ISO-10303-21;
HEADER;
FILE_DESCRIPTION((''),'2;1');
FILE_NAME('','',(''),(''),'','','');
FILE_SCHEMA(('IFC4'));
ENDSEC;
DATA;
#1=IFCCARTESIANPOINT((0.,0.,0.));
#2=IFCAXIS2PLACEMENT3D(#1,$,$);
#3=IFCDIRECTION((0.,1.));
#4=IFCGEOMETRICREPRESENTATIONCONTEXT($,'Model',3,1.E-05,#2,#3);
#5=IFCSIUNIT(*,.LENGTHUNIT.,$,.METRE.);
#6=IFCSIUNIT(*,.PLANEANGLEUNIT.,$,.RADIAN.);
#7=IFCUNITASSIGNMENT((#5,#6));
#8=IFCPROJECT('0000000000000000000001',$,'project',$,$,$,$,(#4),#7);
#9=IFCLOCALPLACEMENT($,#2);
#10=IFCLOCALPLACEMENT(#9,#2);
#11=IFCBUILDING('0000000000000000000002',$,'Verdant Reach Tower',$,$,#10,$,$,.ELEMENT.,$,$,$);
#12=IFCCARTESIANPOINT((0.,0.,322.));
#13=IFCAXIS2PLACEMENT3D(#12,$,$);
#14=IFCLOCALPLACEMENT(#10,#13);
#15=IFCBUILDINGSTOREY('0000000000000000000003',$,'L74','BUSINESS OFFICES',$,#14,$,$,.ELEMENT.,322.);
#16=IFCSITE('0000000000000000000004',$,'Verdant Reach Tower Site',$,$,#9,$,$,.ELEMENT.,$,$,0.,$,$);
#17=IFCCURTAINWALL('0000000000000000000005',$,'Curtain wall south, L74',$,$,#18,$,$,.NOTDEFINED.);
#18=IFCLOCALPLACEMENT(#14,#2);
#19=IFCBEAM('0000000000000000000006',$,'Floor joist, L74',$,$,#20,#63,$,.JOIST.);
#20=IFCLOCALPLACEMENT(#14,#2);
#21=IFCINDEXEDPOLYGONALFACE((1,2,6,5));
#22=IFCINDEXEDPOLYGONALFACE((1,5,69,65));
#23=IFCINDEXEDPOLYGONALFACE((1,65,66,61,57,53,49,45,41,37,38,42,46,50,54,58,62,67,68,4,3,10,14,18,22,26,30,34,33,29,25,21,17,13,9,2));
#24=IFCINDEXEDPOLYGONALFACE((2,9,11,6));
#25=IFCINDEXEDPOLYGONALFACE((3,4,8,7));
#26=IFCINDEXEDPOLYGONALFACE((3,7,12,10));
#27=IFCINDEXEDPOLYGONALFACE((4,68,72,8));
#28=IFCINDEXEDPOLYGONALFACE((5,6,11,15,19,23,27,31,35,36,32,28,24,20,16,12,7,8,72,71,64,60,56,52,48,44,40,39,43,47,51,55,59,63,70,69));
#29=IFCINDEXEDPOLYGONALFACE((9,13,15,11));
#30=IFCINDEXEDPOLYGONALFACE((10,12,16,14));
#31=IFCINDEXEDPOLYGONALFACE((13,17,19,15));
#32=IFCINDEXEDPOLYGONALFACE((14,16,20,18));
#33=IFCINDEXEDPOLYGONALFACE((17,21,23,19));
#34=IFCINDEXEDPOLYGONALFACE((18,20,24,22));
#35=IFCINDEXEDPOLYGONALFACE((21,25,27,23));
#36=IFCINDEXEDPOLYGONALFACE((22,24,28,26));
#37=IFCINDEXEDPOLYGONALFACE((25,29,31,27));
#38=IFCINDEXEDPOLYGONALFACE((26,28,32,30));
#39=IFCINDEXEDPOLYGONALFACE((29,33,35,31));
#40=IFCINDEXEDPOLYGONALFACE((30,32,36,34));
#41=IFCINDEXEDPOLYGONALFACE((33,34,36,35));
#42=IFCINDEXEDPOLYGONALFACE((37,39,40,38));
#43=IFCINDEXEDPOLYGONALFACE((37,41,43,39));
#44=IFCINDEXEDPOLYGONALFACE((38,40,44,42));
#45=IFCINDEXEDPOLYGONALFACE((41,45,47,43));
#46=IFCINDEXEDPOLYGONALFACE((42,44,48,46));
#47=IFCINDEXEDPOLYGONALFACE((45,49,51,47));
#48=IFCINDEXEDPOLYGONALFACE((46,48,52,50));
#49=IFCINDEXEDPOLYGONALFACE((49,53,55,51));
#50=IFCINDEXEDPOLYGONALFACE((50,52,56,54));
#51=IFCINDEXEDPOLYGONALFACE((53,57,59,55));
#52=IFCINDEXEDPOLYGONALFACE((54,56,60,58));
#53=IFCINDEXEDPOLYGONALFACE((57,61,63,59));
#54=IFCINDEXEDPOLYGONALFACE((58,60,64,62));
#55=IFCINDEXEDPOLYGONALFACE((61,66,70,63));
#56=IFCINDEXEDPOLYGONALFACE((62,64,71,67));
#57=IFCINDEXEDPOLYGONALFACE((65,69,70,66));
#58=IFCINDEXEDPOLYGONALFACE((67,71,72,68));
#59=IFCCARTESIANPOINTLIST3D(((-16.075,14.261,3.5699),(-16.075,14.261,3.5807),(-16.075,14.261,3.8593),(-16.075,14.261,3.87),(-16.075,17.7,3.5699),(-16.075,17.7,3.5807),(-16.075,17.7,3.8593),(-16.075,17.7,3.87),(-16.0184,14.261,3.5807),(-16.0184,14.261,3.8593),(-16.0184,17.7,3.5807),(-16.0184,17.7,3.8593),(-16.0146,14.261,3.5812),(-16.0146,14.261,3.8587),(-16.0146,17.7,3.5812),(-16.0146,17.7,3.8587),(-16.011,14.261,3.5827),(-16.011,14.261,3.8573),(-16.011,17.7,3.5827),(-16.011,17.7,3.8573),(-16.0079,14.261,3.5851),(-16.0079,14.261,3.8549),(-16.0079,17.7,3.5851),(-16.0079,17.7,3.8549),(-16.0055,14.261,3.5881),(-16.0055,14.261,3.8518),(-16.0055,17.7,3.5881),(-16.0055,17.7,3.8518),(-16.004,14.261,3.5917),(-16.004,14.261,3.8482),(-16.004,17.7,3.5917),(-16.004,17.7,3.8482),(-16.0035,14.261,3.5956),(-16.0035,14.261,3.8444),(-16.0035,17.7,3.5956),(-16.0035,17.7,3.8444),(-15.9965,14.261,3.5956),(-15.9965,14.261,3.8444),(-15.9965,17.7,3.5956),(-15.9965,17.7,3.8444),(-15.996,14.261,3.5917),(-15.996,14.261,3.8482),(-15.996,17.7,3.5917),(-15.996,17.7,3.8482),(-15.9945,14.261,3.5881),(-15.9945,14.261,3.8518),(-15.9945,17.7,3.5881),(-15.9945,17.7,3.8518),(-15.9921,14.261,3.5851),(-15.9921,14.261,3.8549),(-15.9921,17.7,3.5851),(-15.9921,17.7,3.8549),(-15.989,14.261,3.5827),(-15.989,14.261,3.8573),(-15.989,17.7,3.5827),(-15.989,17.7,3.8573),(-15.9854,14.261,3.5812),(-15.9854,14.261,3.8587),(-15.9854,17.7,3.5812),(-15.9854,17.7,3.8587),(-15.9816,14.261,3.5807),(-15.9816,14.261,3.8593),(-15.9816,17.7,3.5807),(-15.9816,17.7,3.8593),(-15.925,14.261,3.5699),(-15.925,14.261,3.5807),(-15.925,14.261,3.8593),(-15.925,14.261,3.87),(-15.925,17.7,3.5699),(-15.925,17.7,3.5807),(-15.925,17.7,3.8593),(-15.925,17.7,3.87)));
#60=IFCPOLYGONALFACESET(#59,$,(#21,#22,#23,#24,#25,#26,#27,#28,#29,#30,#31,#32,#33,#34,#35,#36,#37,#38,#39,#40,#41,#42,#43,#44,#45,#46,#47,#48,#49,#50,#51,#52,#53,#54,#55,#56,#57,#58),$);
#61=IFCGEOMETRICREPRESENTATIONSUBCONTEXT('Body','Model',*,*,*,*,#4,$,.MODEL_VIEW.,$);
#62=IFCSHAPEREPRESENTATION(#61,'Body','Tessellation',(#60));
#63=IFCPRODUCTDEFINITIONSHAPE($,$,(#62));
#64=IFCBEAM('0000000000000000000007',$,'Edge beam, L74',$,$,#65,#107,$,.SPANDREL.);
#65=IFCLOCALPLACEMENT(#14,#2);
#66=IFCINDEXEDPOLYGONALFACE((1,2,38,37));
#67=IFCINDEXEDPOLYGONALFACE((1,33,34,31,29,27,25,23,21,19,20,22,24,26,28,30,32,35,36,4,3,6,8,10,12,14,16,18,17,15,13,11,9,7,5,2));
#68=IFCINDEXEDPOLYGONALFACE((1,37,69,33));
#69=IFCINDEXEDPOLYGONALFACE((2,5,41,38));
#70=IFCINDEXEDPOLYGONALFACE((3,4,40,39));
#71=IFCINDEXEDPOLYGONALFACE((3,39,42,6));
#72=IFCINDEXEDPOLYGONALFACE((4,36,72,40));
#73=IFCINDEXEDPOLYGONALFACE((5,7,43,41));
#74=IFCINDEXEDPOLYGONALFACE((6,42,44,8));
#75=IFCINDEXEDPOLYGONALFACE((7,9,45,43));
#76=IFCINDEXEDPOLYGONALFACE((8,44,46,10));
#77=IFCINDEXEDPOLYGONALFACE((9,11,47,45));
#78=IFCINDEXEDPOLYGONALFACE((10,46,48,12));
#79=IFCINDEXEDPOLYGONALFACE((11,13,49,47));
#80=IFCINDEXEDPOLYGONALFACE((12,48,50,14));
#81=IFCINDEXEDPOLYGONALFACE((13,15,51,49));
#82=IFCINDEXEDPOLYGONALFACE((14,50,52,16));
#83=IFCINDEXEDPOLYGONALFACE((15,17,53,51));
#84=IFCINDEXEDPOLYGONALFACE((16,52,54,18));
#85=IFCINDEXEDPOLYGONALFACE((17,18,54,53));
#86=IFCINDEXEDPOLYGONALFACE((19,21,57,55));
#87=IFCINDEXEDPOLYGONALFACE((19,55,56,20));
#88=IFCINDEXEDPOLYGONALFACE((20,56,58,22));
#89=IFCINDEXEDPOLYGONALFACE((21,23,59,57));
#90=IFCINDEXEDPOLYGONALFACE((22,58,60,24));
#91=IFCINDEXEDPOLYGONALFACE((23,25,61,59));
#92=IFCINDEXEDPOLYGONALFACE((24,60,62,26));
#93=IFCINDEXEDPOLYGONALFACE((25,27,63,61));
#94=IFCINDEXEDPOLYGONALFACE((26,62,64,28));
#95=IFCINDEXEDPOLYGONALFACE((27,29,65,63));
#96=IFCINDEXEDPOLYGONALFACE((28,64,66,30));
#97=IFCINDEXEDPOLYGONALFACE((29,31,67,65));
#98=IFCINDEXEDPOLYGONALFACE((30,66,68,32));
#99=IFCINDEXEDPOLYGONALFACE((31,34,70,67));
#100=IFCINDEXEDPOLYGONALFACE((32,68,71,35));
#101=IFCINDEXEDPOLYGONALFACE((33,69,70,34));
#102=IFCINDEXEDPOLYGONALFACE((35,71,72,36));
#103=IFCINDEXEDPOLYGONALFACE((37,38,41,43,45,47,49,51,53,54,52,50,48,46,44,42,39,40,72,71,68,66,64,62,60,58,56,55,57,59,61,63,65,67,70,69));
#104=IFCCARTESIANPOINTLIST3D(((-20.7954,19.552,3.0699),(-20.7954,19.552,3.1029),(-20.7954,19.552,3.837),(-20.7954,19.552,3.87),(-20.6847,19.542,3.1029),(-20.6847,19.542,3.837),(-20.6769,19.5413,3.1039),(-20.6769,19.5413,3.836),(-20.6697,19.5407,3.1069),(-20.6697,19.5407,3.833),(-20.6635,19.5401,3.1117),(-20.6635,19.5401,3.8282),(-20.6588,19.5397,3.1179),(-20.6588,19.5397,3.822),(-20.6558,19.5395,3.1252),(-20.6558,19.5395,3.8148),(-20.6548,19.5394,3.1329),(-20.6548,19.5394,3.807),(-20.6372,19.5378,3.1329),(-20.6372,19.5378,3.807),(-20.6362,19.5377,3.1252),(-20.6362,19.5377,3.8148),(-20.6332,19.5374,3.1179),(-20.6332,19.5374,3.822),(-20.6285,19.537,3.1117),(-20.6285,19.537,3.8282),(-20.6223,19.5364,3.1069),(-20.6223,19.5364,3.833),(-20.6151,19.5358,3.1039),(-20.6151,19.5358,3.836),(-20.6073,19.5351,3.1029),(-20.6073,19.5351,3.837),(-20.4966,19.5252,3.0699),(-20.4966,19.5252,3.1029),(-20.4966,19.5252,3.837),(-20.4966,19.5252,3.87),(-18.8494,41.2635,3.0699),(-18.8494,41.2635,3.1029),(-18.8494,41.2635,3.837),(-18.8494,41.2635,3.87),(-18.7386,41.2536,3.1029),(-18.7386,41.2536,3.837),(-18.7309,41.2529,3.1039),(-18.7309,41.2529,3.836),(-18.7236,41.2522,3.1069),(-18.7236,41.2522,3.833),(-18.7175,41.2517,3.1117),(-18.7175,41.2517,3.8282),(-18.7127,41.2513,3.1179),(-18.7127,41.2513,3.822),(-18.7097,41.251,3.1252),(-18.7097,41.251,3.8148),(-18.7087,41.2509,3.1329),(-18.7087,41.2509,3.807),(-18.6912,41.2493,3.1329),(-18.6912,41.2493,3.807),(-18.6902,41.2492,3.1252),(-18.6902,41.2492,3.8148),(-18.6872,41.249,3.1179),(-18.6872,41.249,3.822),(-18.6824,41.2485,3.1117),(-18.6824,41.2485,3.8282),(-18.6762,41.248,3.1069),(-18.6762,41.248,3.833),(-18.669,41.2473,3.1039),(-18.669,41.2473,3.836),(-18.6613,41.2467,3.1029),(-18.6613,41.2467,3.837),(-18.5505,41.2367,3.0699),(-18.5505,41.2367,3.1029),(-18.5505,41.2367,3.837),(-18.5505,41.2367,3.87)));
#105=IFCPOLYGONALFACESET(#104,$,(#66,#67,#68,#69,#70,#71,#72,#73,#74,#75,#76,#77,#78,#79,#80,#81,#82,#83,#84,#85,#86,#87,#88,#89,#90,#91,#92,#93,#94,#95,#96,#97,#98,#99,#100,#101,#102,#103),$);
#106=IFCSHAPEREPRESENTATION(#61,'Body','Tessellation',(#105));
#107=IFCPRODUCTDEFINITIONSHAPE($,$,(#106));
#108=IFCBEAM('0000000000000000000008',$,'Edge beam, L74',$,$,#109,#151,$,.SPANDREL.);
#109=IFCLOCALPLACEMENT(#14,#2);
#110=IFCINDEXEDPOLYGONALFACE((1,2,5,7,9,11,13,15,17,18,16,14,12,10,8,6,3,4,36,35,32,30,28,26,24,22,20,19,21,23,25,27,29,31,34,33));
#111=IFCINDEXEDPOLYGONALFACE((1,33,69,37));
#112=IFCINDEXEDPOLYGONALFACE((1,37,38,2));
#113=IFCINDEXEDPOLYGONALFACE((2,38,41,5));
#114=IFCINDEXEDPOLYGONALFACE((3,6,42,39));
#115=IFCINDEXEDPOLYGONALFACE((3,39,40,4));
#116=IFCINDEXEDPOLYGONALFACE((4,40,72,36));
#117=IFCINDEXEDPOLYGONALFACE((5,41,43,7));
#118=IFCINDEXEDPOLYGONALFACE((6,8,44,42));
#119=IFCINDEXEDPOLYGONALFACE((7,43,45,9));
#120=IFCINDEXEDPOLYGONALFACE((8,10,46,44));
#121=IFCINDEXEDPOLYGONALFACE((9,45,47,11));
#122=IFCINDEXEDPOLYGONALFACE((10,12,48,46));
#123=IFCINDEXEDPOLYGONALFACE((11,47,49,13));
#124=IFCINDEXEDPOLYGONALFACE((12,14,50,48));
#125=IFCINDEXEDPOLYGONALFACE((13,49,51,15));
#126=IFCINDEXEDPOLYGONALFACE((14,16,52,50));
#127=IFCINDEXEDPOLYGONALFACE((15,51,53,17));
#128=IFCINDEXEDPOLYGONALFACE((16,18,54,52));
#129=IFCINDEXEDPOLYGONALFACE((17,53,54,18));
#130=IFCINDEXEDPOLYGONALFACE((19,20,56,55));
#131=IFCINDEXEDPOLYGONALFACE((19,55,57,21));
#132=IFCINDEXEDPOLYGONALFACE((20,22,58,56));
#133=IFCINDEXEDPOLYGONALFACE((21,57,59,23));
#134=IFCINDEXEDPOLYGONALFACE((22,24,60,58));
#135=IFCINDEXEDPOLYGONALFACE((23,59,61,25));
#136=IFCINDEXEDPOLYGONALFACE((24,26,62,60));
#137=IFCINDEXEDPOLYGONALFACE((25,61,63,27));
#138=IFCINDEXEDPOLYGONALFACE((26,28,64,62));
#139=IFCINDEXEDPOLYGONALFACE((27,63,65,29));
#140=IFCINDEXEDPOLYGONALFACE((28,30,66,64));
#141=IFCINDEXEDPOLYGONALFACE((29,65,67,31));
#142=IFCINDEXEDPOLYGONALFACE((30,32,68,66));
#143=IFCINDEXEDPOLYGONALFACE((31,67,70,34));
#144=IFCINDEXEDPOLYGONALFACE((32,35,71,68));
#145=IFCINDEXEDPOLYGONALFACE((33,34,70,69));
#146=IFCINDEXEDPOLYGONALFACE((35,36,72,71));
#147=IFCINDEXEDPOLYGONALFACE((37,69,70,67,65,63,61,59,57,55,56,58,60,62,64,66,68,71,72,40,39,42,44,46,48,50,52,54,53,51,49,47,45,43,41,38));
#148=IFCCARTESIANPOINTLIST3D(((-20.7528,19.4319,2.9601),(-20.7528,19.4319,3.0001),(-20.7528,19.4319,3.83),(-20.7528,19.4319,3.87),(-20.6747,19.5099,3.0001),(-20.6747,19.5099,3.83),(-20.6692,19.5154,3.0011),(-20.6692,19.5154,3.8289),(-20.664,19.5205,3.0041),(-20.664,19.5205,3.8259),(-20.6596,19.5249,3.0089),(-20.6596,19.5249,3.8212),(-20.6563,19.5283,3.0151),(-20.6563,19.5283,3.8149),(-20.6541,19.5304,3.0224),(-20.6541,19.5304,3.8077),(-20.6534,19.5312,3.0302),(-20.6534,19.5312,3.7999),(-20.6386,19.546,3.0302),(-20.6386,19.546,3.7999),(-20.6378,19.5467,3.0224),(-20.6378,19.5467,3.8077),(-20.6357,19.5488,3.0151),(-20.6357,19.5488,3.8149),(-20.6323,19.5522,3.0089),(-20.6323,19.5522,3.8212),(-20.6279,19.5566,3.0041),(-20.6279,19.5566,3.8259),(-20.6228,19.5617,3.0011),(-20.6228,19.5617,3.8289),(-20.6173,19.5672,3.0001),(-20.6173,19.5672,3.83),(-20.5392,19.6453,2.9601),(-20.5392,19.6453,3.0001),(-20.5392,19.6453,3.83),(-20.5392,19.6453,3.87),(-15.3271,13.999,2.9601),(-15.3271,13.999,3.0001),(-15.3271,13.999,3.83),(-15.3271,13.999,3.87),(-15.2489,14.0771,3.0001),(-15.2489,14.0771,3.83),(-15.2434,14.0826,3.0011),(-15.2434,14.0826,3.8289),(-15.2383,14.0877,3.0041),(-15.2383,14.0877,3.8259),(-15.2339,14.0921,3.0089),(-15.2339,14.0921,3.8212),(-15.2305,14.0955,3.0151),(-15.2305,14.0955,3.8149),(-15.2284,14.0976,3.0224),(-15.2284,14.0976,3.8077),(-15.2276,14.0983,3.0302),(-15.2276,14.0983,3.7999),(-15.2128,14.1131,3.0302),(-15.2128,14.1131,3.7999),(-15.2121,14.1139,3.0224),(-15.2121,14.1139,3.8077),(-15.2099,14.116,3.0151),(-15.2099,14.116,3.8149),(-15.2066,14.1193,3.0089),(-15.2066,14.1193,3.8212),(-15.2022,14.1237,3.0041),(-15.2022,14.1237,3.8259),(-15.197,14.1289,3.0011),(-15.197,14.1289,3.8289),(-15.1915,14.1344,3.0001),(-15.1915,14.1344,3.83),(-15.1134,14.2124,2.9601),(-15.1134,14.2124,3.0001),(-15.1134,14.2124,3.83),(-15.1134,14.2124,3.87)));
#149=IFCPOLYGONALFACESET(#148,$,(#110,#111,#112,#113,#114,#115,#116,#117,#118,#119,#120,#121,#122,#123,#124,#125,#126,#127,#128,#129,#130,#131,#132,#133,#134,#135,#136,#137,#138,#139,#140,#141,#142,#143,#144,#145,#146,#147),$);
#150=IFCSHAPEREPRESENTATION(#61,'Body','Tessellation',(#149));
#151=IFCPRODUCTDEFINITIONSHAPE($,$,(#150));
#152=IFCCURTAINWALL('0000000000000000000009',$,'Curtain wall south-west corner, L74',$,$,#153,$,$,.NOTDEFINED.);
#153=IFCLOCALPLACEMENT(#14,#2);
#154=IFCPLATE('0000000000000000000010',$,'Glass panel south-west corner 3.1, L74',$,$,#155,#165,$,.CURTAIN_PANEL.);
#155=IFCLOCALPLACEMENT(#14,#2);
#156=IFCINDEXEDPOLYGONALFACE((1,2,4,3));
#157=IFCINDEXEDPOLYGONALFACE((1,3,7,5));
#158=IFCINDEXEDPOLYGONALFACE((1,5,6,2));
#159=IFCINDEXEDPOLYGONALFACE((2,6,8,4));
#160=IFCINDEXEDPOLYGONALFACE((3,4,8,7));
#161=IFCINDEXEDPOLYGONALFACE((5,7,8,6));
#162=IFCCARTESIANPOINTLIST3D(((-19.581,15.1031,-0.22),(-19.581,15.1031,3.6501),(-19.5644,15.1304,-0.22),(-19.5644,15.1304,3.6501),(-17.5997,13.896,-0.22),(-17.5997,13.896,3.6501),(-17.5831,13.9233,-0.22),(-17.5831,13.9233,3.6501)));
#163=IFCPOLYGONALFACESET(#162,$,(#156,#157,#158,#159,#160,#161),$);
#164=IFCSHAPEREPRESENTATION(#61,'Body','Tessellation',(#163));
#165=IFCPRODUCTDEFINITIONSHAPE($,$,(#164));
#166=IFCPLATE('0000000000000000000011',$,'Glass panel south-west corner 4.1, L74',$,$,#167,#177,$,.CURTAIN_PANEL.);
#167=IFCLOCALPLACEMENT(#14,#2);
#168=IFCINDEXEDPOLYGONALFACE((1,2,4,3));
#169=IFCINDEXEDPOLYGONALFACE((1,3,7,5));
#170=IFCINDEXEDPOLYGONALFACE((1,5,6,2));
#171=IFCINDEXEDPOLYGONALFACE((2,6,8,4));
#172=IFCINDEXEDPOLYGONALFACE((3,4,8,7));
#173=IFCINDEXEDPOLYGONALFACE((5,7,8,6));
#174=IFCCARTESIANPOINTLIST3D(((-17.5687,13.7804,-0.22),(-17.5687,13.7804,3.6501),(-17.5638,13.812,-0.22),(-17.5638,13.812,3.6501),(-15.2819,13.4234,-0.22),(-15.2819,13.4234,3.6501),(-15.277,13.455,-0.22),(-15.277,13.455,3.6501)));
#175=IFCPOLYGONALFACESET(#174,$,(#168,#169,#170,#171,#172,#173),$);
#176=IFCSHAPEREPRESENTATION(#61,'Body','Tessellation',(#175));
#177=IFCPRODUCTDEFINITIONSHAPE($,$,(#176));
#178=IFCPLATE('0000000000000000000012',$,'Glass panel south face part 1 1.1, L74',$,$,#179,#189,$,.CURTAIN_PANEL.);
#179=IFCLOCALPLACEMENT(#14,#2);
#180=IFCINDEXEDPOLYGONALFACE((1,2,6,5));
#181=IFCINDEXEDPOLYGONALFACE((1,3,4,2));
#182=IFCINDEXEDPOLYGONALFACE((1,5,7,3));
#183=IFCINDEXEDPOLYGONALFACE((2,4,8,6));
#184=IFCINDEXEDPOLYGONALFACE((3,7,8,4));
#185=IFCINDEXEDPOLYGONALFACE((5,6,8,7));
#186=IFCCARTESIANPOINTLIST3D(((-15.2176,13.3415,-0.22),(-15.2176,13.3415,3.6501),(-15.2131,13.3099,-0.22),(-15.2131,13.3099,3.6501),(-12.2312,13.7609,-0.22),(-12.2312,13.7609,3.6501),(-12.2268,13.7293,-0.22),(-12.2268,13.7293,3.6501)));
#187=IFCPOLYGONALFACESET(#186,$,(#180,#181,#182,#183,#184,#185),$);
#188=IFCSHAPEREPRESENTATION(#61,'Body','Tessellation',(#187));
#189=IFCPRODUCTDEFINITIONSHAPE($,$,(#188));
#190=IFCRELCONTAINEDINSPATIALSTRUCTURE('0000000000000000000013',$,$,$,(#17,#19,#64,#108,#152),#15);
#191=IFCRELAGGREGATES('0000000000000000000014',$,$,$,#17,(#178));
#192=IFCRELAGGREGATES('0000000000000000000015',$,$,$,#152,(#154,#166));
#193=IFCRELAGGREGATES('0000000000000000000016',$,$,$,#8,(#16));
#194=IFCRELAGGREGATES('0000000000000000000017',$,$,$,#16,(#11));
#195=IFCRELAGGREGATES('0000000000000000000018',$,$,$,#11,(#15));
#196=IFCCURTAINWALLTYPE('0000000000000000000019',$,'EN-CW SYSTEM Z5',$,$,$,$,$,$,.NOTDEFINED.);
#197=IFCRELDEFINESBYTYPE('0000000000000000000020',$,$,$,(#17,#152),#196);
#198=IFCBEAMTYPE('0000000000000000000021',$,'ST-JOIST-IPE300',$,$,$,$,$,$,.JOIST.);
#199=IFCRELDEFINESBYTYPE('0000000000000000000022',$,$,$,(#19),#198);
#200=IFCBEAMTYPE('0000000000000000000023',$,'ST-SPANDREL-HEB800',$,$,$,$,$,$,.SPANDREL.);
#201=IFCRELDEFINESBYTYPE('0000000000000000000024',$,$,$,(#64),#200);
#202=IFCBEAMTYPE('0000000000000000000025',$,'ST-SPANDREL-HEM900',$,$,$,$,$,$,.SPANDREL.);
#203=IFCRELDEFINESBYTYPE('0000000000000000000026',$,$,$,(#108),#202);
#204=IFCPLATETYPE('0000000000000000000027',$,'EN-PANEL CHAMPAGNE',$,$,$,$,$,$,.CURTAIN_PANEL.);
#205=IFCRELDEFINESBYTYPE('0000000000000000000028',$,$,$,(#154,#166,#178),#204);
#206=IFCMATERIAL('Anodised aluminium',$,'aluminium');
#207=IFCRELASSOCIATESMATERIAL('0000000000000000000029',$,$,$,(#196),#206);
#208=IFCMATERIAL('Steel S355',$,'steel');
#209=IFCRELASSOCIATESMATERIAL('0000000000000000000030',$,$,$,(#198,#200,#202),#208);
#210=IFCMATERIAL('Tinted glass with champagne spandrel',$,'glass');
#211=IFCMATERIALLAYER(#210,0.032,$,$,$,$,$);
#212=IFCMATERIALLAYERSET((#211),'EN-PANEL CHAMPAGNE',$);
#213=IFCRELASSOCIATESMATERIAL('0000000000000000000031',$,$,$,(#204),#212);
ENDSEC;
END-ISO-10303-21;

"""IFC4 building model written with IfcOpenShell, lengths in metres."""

from ifc_helpers import new_model, si_unit, direction, frame, origin, origin_2d, place, context, subcontext, project, spatial, rectangle, i_section, extrude, material, layer, layer_set, material_profile, profile_set, type_object, element, aggregate, save


model = new_model("IFC4")

# Units and contexts
model_context = context("Model", 3, precision=1e-05, world=origin(), true_north=direction((0.0, 1.0)))
body_context = subcontext(model_context, "Body", "Model", "MODEL_VIEW")
ifc_project = project(units=[si_unit("LENGTHUNIT", "METRE"), si_unit("PLANEANGLEUNIT", "RADIAN")], contexts=[model_context])

# Site, building, storey
site_placement = place(None, origin())
site = spatial("IfcSite", under=ifc_project, at=site_placement, Name="Verdant Reach Tower Site", CompositionType="ELEMENT", RefElevation=0.0)
building_placement = place(site_placement, origin())
building = spatial("IfcBuilding", under=site, at=building_placement, Name="Verdant Reach Tower", CompositionType="ELEMENT")
storey_placement = place(building_placement, frame((0.0, 0.0, 322.0)))
storey = spatial("IfcBuildingStorey", under=building, at=storey_placement, Name="L74", Description="BUSINESS OFFICES", CompositionType="ELEMENT", Elevation=322.0)

# Curtain wall
ifc_material_1 = material(Name="Anodised aluminium", Category="aluminium")
curtain_wall_type = type_object("IfcCurtainWallType", Name="EN-CW SYSTEM Z5", PredefinedType="NOTDEFINED", material=ifc_material_1)
curtain_wall_1_placement = place(storey_placement, origin())
curtain_wall_1 = element("IfcCurtainWall", 1, at=curtain_wall_1_placement, inside=storey, type_object=curtain_wall_type, Name="Curtain wall south, L74", PredefinedType="NOTDEFINED")

# Beams
ifc_material_2 = material(Name="Steel S355", Category="steel")
ifc_material_profile_1 = material_profile(ifc_material_2, i_section(OverallWidth=0.1499, OverallDepth=0.3, WebThickness=0.0071, FlangeThickness=0.0107, FilletRadius=0.0149, at=origin_2d()), Name="IPE 300")
ifc_profile_set_1 = profile_set([ifc_material_profile_1], Name="Steel S355")
beam_type_1 = type_object("IfcBeamType", Name="ST-JOIST-IPE300", PredefinedType="JOIST", material=ifc_profile_set_1)
beam_1_placement = place(storey_placement, frame((-16.0, 17.7, 3.72), z_axis=(0.0, -1.0, 0.0), x_axis=(1.0, 0.0, 0.0)))
element("IfcBeam", 2, at=beam_1_placement, inside=storey, type_object=beam_type_1, Name="Floor joist, L74", PredefinedType="JOIST", context=body_context, shape_type="SweptSolid", body=[
    extrude(i_section(OverallWidth=0.1499, OverallDepth=0.3, WebThickness=0.0071, FlangeThickness=0.0107, FilletRadius=0.0149, at=origin_2d()), origin(), (0.0, 0.0, 1.0), 3.439),
])
ifc_material_profile_2 = material_profile(ifc_material_2, i_section(OverallWidth=0.3, OverallDepth=0.8, WebThickness=0.0176, FlangeThickness=0.033, FilletRadius=0.03, at=origin_2d()), Name="HEB 800")
ifc_profile_set_2 = profile_set([ifc_material_profile_2], Name="Steel S355")
beam_type_2 = type_object("IfcBeamType", Name="ST-SPANDREL-HEB800", PredefinedType="SPANDREL", material=ifc_profile_set_2)
beam_2_placement = place(storey_placement, frame((-20.646, 19.5386, 3.47), z_axis=(0.089274, 0.996007, 0.0), x_axis=(-0.996007, 0.089274, 0.0)))
element("IfcBeam", 3, at=beam_2_placement, inside=storey, type_object=beam_type_2, Name="Edge beam, L74", PredefinedType="SPANDREL", context=body_context, shape_type="SweptSolid", body=[
    extrude(i_section(OverallWidth=0.3, OverallDepth=0.8, WebThickness=0.0176, FlangeThickness=0.033, FilletRadius=0.03, at=origin_2d()), origin(), (0.0, 0.0, 1.0), 21.7986),
])
ifc_material_profile_3 = material_profile(ifc_material_2, i_section(OverallWidth=0.302, OverallDepth=0.9099, WebThickness=0.021, FlangeThickness=0.04, FilletRadius=0.03, at=origin_2d()), Name="HEM 900")
ifc_profile_set_3 = profile_set([ifc_material_profile_3], Name="Steel S355")
beam_type_3 = type_object("IfcBeamType", Name="ST-SPANDREL-HEM900", PredefinedType="SPANDREL", material=ifc_profile_set_3)
beam_3_placement = place(storey_placement, frame((-15.2202, 14.1057, 3.415), z_axis=(-0.706646, 0.707568, 0.0), x_axis=(-0.707568, -0.706646, 0.0)))
element("IfcBeam", 4, at=beam_3_placement, inside=storey, type_object=beam_type_3, Name="Edge beam, L74", PredefinedType="SPANDREL", context=body_context, shape_type="SweptSolid", body=[
    extrude(i_section(OverallWidth=0.302, OverallDepth=0.9099, WebThickness=0.021, FlangeThickness=0.04, FilletRadius=0.03, at=origin_2d()), origin(), (0.0, 0.0, 1.0), 7.6782),
])

# Curtain wall, plates
curtain_wall_2_placement = place(storey_placement, origin())
curtain_wall_2 = element("IfcCurtainWall", 5, at=curtain_wall_2_placement, inside=storey, type_object=curtain_wall_type, Name="Curtain wall south-west corner, L74", PredefinedType="NOTDEFINED")
ifc_material_3 = material(Name="Tinted glass with champagne spandrel", Category="glass")
ifc_layer_1 = layer(ifc_material_3, 0.032)
ifc_layer_set_1 = layer_set([ifc_layer_1], Name="EN-PANEL CHAMPAGNE")
plate_type_1 = type_object("IfcPlateType", Name="EN-PANEL CHAMPAGNE", PredefinedType="CURTAIN_PANEL", material=ifc_layer_set_1)
plate_1_placement = place(storey_placement, frame((-18.582, 14.5132, -0.22), z_axis=(0.0, 0.0, 1.0), x_axis=(0.853989, -0.520292, 0.0)))
plate_1 = element("IfcPlate", 6, at=plate_1_placement, type_object=plate_type_1, Name="Glass panel south-west corner 3.1, L74", PredefinedType="CURTAIN_PANEL", context=body_context, shape_type="SweptSolid", body=[
    extrude(rectangle(XDim=2.3201, YDim=0.032, at=origin_2d()), origin(), (0.0, 0.0, 1.0), 3.8701),
])
plate_2_placement = place(storey_placement, frame((-16.4229, 13.6177, -0.22), z_axis=(0.0, 0.0, 1.0), x_axis=(0.988033, -0.15424, 0.0)))
plate_2 = element("IfcPlate", 7, at=plate_2_placement, type_object=plate_type_1, Name="Glass panel south-west corner 4.1, L74", PredefinedType="CURTAIN_PANEL", context=body_context, shape_type="SweptSolid", body=[
    extrude(rectangle(XDim=2.3145, YDim=0.032, at=origin_2d()), origin(), (0.0, 0.0, 1.0), 3.8701),
])

# Plate
plate_3_placement = place(storey_placement, frame((-13.7222, 13.5354, -0.22), z_axis=(0.0, 0.0, 1.0), x_axis=(0.990282, 0.139077, 0.0)))
plate_3 = element("IfcPlate", 8, at=plate_3_placement, type_object=plate_type_1, Name="Glass panel south face part 1 1.1, L74", PredefinedType="CURTAIN_PANEL", context=body_context, shape_type="SweptSolid", body=[
    extrude(rectangle(XDim=3.0156, YDim=0.032, at=origin_2d()), origin(), (0.0, 0.0, 1.0), 3.8701),
])
aggregate(curtain_wall_1, [plate_3])
aggregate(curtain_wall_2, [plate_1, plate_2])

save(model, "model.ifc")
